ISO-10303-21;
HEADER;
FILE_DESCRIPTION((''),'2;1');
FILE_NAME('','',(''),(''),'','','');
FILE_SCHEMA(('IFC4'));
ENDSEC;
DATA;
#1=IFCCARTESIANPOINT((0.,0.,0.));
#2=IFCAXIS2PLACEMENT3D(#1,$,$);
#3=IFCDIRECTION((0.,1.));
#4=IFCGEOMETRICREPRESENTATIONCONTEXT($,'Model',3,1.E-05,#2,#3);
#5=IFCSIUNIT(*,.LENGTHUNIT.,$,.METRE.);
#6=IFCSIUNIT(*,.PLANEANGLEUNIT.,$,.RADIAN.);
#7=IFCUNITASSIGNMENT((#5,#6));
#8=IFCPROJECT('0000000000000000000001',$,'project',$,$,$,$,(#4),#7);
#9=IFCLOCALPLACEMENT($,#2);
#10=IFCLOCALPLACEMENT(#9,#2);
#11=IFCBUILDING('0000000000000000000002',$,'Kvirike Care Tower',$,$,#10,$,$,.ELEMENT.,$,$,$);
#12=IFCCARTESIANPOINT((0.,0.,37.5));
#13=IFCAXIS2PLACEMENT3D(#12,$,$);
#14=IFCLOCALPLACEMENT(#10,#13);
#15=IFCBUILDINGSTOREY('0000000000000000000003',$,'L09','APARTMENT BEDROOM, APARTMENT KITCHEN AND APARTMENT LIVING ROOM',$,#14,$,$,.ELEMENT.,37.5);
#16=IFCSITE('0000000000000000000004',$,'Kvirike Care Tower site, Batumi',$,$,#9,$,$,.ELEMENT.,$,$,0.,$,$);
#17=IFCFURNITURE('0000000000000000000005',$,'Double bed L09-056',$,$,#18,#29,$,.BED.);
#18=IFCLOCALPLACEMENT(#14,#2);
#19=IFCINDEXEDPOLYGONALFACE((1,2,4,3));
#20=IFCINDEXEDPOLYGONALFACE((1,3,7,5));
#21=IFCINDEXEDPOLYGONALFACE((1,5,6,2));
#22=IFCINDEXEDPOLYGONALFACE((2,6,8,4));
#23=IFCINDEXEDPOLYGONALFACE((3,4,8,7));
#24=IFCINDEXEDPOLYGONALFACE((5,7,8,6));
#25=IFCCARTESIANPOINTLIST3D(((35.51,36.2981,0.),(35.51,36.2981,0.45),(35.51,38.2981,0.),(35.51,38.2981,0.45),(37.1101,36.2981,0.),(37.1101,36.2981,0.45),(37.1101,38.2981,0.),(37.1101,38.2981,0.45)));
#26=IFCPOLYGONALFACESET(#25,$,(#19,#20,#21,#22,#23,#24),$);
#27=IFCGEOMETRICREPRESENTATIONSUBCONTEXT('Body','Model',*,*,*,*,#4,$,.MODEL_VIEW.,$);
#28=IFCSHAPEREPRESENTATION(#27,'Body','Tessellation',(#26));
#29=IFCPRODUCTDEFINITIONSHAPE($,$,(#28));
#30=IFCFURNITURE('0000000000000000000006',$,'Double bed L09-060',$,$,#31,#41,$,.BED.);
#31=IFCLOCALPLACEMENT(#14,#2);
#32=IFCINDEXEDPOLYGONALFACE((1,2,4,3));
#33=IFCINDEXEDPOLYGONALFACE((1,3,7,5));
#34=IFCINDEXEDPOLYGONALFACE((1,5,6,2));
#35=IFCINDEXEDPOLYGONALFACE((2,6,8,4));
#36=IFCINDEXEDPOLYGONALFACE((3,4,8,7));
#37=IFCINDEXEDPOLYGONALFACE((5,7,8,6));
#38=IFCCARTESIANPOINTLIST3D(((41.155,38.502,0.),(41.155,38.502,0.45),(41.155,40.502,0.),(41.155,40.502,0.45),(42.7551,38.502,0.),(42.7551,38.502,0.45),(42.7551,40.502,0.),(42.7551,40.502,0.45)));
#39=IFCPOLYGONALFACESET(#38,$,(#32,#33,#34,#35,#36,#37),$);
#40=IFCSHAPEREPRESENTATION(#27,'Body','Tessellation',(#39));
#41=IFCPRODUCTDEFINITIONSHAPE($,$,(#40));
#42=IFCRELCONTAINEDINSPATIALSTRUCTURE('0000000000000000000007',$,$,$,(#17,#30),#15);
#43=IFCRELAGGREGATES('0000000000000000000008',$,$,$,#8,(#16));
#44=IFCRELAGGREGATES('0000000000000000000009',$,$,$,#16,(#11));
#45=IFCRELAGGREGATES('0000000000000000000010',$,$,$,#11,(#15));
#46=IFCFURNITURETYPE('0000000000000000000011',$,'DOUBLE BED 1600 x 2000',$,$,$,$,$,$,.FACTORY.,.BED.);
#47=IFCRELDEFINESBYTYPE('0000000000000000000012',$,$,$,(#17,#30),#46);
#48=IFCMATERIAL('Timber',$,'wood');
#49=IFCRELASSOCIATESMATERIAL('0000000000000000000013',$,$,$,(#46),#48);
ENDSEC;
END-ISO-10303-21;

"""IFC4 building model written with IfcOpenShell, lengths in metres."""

from ifc_helpers import new_model, si_unit, direction, frame, origin, origin_2d, place, context, subcontext, project, spatial, rectangle, extrude, material, type_object, element, save


model = new_model("IFC4")

# Units and contexts
model_context = context("Model", 3, precision=1e-05, world=origin(), true_north=direction((0.0, 1.0)))
body_context = subcontext(model_context, "Body", "Model", "MODEL_VIEW")
ifc_project = project(units=[si_unit("LENGTHUNIT", "METRE"), si_unit("PLANEANGLEUNIT", "RADIAN")], contexts=[model_context])

# Site, building, storey
site_placement = place(None, origin())
site = spatial("IfcSite", under=ifc_project, at=site_placement, Name="Kvirike Care Tower site, Batumi", CompositionType="ELEMENT", RefElevation=0.0)
building_placement = place(site_placement, origin())
building = spatial("IfcBuilding", under=site, at=building_placement, Name="Kvirike Care Tower", CompositionType="ELEMENT")
storey_placement = place(building_placement, frame((0.0, 0.0, 37.5)))
storey = spatial("IfcBuildingStorey", under=building, at=storey_placement, Name="L09", Description="APARTMENT BEDROOM, APARTMENT KITCHEN AND APARTMENT LIVING ROOM", CompositionType="ELEMENT", Elevation=37.5)

# Furniture
ifc_material_1 = material(Name="Timber", Category="wood")
furniture_type = type_object("IfcFurnitureType", Name="DOUBLE BED 1600 x 2000", AssemblyPlace="FACTORY", PredefinedType="BED", material=ifc_material_1)
for number, where, z_axis, x_axis, name in (
    (1, (36.3101, 37.2981, 0.0), (0.0, 0.0, 1.0), (1.0, 0.0, 0.0), "Double bed L09-056"),
    (2, (41.9551, 39.502, 0.0), (0.0, 0.0, 1.0), (-1.0, 0.0, 0.0), "Double bed L09-060"),
):
    element("IfcFurniture", number, at=place(storey_placement, frame(where, z_axis=z_axis, x_axis=x_axis)), inside=storey, type_object=furniture_type, Name=name, PredefinedType="BED", context=body_context, shape_type="SweptSolid", body=[
        extrude(rectangle(XDim=1.6001, YDim=2.0, at=origin_2d()), origin(), (0.0, 0.0, 1.0), 0.45),
    ])

save(model, "model.ifc")
